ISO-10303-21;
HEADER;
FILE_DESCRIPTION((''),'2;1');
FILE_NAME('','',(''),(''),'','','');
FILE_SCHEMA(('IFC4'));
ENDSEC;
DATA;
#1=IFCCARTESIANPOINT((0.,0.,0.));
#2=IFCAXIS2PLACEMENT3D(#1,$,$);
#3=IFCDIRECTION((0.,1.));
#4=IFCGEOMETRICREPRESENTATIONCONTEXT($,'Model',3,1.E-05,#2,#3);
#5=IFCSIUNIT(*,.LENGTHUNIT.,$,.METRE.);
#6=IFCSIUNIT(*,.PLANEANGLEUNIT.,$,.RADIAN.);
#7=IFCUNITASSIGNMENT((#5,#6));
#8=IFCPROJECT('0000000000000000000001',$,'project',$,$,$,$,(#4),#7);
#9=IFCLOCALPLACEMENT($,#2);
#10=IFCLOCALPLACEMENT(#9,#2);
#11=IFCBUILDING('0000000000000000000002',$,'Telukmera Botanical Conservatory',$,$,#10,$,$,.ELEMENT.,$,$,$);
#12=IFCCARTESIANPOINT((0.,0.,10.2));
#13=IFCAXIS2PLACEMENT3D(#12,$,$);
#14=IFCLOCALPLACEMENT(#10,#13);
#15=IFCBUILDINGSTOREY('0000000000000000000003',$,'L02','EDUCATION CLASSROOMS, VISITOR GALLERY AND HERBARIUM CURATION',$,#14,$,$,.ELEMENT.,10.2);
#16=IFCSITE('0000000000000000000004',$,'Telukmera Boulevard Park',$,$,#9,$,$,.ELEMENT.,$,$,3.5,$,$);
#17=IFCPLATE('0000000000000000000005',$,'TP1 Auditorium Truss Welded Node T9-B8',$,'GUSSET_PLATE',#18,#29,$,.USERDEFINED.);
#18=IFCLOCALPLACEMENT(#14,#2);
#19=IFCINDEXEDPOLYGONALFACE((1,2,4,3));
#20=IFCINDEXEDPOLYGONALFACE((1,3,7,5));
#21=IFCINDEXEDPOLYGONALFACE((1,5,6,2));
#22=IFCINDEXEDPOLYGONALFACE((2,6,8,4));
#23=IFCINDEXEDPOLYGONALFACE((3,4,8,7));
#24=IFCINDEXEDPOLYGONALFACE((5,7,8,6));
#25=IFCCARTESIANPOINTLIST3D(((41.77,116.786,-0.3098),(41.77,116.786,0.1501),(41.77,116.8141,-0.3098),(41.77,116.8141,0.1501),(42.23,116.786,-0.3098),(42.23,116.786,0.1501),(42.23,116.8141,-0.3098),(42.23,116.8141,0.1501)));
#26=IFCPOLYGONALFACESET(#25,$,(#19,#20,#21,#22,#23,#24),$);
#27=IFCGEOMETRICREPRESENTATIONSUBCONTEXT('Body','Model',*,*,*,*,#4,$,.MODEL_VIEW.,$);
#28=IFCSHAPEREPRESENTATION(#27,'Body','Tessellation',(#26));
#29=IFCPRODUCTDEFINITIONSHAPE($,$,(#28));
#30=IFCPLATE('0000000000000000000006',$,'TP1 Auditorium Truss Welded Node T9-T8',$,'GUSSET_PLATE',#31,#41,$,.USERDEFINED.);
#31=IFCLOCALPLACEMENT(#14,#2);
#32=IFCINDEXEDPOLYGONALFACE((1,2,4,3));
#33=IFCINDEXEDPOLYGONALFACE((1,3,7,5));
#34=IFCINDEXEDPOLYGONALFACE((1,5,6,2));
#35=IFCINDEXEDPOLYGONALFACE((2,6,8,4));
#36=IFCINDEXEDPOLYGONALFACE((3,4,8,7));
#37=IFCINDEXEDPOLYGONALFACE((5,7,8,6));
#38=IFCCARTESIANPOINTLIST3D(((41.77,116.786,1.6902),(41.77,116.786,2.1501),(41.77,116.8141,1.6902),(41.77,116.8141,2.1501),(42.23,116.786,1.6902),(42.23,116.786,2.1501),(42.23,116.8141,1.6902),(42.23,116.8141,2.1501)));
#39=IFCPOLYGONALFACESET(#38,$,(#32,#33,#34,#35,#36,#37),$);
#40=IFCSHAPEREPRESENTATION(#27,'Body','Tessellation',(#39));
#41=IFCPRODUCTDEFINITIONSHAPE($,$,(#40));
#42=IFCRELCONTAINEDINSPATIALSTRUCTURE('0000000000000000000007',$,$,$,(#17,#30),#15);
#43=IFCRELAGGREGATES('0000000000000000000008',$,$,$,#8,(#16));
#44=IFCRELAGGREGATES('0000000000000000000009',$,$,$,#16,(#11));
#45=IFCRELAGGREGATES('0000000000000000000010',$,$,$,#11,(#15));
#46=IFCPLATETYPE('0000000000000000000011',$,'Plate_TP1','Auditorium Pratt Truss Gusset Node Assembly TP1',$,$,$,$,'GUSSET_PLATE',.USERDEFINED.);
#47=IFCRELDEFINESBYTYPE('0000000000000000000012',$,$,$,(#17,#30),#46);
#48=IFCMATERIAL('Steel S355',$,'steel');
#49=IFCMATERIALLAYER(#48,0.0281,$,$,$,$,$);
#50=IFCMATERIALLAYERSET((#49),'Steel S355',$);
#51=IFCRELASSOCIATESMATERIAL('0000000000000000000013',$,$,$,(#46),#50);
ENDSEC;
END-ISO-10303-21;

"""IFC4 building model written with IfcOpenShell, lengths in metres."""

from ifc_helpers import new_model, si_unit, direction, frame, origin, origin_2d, place, context, subcontext, project, spatial, rectangle, extrude, material, layer, layer_set, type_object, element, save


model = new_model("IFC4")

# Units and contexts
model_context = context("Model", 3, precision=1e-05, world=origin(), true_north=direction((0.0, 1.0)))
body_context = subcontext(model_context, "Body", "Model", "MODEL_VIEW")
ifc_project = project(units=[si_unit("LENGTHUNIT", "METRE"), si_unit("PLANEANGLEUNIT", "RADIAN")], contexts=[model_context])

# Site, building, storey
site_placement = place(None, origin())
site = spatial("IfcSite", under=ifc_project, at=site_placement, Name="Telukmera Boulevard Park", CompositionType="ELEMENT", RefElevation=3.5)
building_placement = place(site_placement, origin())
building = spatial("IfcBuilding", under=site, at=building_placement, Name="Telukmera Botanical Conservatory", CompositionType="ELEMENT")
storey_placement = place(building_placement, frame((0.0, 0.0, 10.2)))
storey = spatial("IfcBuildingStorey", under=building, at=storey_placement, Name="L02", Description="EDUCATION CLASSROOMS, VISITOR GALLERY AND HERBARIUM CURATION", CompositionType="ELEMENT", Elevation=10.2)

# Shared definitions
ifc_material_1 = material(Name="Steel S355", Category="steel")

# Plates
ifc_layer_1 = layer(ifc_material_1, 0.0281)
ifc_layer_set_1 = layer_set([ifc_layer_1], Name="Steel S355")
plate_type_1 = type_object("IfcPlateType", Name="Plate_TP1", Description="Auditorium Pratt Truss Gusset Node Assembly TP1", ElementType="GUSSET_PLATE", PredefinedType="USERDEFINED", material=ifc_layer_set_1)
for number, where, z_axis, x_axis, name in (
    (1, (42.0, 116.8, -0.3098), (0.0, 0.0, 1.0), (1.0, 0.0, 0.0), "TP1 Auditorium Truss Welded Node T9-B8"),
    (2, (42.0, 116.8, 1.6902), (0.0, 0.0, 1.0), (1.0, 0.0, 0.0), "TP1 Auditorium Truss Welded Node T9-T8"),
):
    element("IfcPlate", number, at=place(storey_placement, frame(where, z_axis=z_axis, x_axis=x_axis)), inside=storey, type_object=plate_type_1, Name=name, ObjectType="GUSSET_PLATE", PredefinedType="USERDEFINED", context=body_context, shape_type="SweptSolid", body=[
        extrude(rectangle(XDim=0.46, YDim=0.0281, at=origin_2d()), origin(), (0.0, 0.0, 1.0), 0.46),
    ])

save(model, "model.ifc")
